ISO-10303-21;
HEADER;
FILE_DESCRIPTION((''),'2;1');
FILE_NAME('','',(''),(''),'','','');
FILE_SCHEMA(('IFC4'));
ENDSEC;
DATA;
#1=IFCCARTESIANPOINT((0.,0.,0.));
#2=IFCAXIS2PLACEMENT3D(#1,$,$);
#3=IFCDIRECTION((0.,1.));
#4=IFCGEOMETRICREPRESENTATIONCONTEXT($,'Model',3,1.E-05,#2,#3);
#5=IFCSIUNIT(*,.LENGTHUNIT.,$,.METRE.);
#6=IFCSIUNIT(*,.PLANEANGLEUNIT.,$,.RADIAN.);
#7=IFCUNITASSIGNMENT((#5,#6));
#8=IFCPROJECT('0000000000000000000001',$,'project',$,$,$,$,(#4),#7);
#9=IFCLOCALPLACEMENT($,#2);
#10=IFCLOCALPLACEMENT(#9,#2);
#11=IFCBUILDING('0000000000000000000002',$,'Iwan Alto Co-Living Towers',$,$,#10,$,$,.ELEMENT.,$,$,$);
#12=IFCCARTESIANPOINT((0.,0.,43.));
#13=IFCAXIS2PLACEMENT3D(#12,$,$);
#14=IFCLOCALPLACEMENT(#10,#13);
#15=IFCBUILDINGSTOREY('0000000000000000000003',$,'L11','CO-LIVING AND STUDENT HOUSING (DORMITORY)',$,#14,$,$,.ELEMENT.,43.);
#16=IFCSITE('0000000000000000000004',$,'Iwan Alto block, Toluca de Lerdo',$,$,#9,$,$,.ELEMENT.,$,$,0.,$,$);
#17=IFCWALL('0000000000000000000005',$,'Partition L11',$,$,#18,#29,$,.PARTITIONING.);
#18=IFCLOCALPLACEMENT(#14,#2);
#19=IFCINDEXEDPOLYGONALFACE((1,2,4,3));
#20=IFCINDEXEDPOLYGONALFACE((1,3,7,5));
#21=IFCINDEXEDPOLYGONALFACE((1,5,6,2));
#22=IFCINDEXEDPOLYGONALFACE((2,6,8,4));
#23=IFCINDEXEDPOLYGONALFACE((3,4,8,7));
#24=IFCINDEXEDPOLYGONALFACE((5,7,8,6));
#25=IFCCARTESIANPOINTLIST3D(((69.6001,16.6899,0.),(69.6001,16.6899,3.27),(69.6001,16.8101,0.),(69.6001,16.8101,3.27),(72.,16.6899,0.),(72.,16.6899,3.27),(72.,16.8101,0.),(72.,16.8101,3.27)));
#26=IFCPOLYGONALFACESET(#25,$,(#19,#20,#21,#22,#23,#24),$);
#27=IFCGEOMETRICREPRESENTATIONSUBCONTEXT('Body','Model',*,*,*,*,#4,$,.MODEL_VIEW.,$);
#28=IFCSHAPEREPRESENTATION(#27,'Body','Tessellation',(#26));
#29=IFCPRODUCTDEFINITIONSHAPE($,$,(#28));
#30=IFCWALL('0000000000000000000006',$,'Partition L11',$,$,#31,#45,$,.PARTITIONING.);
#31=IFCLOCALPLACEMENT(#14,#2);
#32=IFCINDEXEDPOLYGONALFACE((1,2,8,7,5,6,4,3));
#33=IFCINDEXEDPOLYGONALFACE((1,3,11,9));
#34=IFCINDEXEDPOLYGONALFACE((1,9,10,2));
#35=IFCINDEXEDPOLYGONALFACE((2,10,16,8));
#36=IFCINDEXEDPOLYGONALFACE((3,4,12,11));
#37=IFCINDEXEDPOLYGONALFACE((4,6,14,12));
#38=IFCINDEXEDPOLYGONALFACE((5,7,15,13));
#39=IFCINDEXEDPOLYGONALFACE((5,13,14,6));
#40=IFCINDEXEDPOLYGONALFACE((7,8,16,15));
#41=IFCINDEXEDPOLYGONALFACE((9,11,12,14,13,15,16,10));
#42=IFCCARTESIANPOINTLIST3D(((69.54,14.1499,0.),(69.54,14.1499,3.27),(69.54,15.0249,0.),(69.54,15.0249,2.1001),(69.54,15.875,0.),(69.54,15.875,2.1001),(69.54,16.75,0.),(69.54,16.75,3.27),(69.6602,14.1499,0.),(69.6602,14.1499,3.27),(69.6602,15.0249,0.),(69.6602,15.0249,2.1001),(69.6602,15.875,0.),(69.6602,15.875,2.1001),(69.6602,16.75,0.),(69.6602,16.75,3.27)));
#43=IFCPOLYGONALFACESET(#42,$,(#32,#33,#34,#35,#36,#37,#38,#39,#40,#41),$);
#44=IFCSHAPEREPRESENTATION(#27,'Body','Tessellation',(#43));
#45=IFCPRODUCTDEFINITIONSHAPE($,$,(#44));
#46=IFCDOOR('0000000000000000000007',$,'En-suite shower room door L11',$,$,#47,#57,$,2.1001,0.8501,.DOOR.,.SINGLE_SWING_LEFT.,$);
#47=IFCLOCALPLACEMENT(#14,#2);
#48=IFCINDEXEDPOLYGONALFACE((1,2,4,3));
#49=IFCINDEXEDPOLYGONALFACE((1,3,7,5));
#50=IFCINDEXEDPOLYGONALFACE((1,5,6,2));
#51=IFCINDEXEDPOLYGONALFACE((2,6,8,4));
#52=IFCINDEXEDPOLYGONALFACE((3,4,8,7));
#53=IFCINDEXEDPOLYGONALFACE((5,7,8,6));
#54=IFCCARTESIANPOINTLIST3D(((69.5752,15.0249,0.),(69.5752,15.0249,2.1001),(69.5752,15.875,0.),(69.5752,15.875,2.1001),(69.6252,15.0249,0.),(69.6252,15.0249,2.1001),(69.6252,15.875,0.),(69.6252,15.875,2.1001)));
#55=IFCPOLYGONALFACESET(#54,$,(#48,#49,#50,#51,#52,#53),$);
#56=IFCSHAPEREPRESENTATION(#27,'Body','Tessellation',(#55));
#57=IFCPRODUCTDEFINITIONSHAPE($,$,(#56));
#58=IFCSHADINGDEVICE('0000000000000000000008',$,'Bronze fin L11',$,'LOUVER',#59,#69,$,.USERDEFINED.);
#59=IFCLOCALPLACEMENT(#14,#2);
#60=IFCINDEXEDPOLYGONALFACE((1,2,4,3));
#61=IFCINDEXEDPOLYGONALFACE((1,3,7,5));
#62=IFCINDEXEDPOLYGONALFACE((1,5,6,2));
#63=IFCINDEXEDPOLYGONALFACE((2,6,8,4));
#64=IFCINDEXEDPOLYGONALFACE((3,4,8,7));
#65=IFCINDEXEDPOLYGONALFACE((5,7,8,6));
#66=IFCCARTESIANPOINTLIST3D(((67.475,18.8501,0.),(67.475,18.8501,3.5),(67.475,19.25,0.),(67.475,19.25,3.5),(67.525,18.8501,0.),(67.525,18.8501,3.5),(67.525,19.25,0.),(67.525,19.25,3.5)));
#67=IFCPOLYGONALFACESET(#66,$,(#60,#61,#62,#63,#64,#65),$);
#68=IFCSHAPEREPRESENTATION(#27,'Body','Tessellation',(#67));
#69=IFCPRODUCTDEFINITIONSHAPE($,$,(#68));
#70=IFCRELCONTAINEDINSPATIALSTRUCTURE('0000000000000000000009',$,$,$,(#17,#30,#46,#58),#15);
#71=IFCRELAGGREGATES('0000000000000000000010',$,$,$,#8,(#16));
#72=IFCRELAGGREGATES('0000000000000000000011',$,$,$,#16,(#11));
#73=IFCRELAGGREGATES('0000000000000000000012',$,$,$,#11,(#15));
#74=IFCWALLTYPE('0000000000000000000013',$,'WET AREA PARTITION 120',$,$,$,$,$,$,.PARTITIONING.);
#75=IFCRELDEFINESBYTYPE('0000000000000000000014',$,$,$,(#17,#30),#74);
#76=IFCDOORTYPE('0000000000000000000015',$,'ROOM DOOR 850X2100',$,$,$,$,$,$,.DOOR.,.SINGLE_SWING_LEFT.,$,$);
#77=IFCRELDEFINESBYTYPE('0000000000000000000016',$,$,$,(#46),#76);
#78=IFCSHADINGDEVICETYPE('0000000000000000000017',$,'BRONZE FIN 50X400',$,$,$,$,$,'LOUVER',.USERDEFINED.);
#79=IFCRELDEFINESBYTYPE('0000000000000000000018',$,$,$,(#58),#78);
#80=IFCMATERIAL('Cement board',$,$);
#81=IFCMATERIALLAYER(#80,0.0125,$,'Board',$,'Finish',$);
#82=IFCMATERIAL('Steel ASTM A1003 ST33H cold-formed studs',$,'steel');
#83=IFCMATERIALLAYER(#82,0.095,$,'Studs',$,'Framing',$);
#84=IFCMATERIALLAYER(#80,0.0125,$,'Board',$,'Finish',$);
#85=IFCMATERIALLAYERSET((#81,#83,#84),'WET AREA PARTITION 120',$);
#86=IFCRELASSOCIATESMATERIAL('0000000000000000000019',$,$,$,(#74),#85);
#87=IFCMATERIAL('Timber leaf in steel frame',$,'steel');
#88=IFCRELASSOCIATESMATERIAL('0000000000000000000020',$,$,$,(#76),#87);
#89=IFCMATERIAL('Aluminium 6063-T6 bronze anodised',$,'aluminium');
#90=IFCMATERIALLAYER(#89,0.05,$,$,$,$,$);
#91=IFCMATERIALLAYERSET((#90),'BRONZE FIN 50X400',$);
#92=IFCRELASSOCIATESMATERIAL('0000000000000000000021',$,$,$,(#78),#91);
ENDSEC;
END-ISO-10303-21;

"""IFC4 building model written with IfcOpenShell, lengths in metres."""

from ifc_helpers import new_model, si_unit, direction, frame, frame_2d, origin, origin_2d, place, context, subcontext, project, spatial, rectangle, extrude, material, layer, layer_set, type_object, element, fill, save


model = new_model("IFC4")

# Units and contexts
model_context = context("Model", 3, precision=1e-05, world=origin(), true_north=direction((0.0, 1.0)))
body_context = subcontext(model_context, "Body", "Model", "MODEL_VIEW")
ifc_project = project(units=[si_unit("LENGTHUNIT", "METRE"), si_unit("PLANEANGLEUNIT", "RADIAN")], contexts=[model_context])

# Site, building, storey
site_placement = place(None, origin())
site = spatial("IfcSite", under=ifc_project, at=site_placement, Name="Iwan Alto block, Toluca de Lerdo", CompositionType="ELEMENT", RefElevation=0.0)
building_placement = place(site_placement, origin())
building = spatial("IfcBuilding", under=site, at=building_placement, Name="Iwan Alto Co-Living Towers", CompositionType="ELEMENT")
storey_placement = place(building_placement, frame((0.0, 0.0, 43.0)))
storey = spatial("IfcBuildingStorey", under=building, at=storey_placement, Name="L11", Description="CO-LIVING AND STUDENT HOUSING (DORMITORY)", CompositionType="ELEMENT", Elevation=43.0)

# Wall
ifc_material_1 = material(Name="Cement board")
ifc_layer_1 = layer(ifc_material_1, 0.0125, Name="Board", Category="Finish")
ifc_material_2 = material(Name="Steel ASTM A1003 ST33H cold-formed studs", Category="steel")
ifc_layer_2 = layer(ifc_material_2, 0.095, Name="Studs", Category="Framing")
ifc_layer_3 = layer(ifc_material_1, 0.0125, Name="Board", Category="Finish")
ifc_layer_set_1 = layer_set([ifc_layer_1, ifc_layer_2, ifc_layer_3], Name="WET AREA PARTITION 120")
wall_type = type_object("IfcWallType", Name="WET AREA PARTITION 120", PredefinedType="PARTITIONING", material=ifc_layer_set_1)
wall_1_placement = place(storey_placement, frame((69.6001, 16.75, 0.0), z_axis=(0.0, 0.0, 1.0), x_axis=(1.0, 0.0, 0.0)))
element("IfcWall", 1, at=wall_1_placement, inside=storey, type_object=wall_type, Name="Partition L11", PredefinedType="PARTITIONING", context=body_context, shape_type="SweptSolid", body=[
    extrude(rectangle(XDim=2.3999, YDim=0.1201, at=frame_2d((1.2, 0.0))), origin(), (0.0, 0.0, 1.0), 3.27),
])

# Wall, opening, door
wall_2_placement = place(storey_placement, frame((69.6001, 14.1499, 0.0), z_axis=(0.0, 0.0, 1.0), x_axis=(0.0, 1.0, 0.0)))
wall_2 = element("IfcWall", 2, at=wall_2_placement, inside=storey, type_object=wall_type, Name="Partition L11", PredefinedType="PARTITIONING", context=body_context, shape_type="SweptSolid", body=[
    extrude(rectangle(XDim=2.6001, YDim=0.1201, at=frame_2d((1.3, 0.0))), origin(), (0.0, 0.0, 1.0), 3.27),
])
opening_placement = place(wall_2_placement, frame((0.875, 0.0, 0.0)))
opening = element("IfcOpeningElement", 3, at=opening_placement, cuts=wall_2, PredefinedType="OPENING", context=body_context, shape_type="SweptSolid", body=[
    extrude(rectangle(XDim=0.8501, YDim=2.1001, at=frame_2d((0.425, 1.05))), frame((0.0, 0.0701, 0.0), z_axis=(0.0, -1.0, 0.0), x_axis=(1.0, 0.0, 0.0)), (0.0, 0.0, 1.0), 0.1401),
])
ifc_material_3 = material(Name="Timber leaf in steel frame", Category="steel")
door_type = type_object("IfcDoorType", Name="ROOM DOOR 850X2100", OperationType="SINGLE_SWING_LEFT", PredefinedType="DOOR", material=ifc_material_3)
door_placement = place(opening_placement, origin())
door = element("IfcDoor", 4, at=door_placement, inside=storey, type_object=door_type, Name="En-suite shower room door L11", OperationType="SINGLE_SWING_LEFT", OverallHeight=2.1001, OverallWidth=0.8501, PredefinedType="DOOR", context=body_context, shape_type="SweptSolid", body=[
    extrude(rectangle(XDim=0.8501, YDim=2.1001, at=frame_2d((0.425, 1.05))), frame((0.0, 0.0249, 0.0), z_axis=(0.0, -1.0, 0.0), x_axis=(1.0, 0.0, 0.0)), (0.0, 0.0, 1.0), 0.05),
])
fill(opening, door)

# Shading device
ifc_material_4 = material(Name="Aluminium 6063-T6 bronze anodised", Category="aluminium")
ifc_layer_4 = layer(ifc_material_4, 0.05)
ifc_layer_set_2 = layer_set([ifc_layer_4], Name="BRONZE FIN 50X400")
shading_device_type = type_object("IfcShadingDeviceType", Name="BRONZE FIN 50X400", ElementType="LOUVER", PredefinedType="USERDEFINED", material=ifc_layer_set_2)
shading_device_placement = place(storey_placement, frame((67.5, 19.05, 0.0), z_axis=(0.0, 0.0, 1.0), x_axis=(-1.0, 0.0, 0.0)))
element("IfcShadingDevice", 5, at=shading_device_placement, inside=storey, type_object=shading_device_type, Name="Bronze fin L11", ObjectType="LOUVER", PredefinedType="USERDEFINED", context=body_context, shape_type="SweptSolid", body=[
    extrude(rectangle(XDim=0.05, YDim=0.3999, at=origin_2d()), origin(), (0.0, 0.0, 1.0), 3.5),
])

save(model, "model.ifc")
